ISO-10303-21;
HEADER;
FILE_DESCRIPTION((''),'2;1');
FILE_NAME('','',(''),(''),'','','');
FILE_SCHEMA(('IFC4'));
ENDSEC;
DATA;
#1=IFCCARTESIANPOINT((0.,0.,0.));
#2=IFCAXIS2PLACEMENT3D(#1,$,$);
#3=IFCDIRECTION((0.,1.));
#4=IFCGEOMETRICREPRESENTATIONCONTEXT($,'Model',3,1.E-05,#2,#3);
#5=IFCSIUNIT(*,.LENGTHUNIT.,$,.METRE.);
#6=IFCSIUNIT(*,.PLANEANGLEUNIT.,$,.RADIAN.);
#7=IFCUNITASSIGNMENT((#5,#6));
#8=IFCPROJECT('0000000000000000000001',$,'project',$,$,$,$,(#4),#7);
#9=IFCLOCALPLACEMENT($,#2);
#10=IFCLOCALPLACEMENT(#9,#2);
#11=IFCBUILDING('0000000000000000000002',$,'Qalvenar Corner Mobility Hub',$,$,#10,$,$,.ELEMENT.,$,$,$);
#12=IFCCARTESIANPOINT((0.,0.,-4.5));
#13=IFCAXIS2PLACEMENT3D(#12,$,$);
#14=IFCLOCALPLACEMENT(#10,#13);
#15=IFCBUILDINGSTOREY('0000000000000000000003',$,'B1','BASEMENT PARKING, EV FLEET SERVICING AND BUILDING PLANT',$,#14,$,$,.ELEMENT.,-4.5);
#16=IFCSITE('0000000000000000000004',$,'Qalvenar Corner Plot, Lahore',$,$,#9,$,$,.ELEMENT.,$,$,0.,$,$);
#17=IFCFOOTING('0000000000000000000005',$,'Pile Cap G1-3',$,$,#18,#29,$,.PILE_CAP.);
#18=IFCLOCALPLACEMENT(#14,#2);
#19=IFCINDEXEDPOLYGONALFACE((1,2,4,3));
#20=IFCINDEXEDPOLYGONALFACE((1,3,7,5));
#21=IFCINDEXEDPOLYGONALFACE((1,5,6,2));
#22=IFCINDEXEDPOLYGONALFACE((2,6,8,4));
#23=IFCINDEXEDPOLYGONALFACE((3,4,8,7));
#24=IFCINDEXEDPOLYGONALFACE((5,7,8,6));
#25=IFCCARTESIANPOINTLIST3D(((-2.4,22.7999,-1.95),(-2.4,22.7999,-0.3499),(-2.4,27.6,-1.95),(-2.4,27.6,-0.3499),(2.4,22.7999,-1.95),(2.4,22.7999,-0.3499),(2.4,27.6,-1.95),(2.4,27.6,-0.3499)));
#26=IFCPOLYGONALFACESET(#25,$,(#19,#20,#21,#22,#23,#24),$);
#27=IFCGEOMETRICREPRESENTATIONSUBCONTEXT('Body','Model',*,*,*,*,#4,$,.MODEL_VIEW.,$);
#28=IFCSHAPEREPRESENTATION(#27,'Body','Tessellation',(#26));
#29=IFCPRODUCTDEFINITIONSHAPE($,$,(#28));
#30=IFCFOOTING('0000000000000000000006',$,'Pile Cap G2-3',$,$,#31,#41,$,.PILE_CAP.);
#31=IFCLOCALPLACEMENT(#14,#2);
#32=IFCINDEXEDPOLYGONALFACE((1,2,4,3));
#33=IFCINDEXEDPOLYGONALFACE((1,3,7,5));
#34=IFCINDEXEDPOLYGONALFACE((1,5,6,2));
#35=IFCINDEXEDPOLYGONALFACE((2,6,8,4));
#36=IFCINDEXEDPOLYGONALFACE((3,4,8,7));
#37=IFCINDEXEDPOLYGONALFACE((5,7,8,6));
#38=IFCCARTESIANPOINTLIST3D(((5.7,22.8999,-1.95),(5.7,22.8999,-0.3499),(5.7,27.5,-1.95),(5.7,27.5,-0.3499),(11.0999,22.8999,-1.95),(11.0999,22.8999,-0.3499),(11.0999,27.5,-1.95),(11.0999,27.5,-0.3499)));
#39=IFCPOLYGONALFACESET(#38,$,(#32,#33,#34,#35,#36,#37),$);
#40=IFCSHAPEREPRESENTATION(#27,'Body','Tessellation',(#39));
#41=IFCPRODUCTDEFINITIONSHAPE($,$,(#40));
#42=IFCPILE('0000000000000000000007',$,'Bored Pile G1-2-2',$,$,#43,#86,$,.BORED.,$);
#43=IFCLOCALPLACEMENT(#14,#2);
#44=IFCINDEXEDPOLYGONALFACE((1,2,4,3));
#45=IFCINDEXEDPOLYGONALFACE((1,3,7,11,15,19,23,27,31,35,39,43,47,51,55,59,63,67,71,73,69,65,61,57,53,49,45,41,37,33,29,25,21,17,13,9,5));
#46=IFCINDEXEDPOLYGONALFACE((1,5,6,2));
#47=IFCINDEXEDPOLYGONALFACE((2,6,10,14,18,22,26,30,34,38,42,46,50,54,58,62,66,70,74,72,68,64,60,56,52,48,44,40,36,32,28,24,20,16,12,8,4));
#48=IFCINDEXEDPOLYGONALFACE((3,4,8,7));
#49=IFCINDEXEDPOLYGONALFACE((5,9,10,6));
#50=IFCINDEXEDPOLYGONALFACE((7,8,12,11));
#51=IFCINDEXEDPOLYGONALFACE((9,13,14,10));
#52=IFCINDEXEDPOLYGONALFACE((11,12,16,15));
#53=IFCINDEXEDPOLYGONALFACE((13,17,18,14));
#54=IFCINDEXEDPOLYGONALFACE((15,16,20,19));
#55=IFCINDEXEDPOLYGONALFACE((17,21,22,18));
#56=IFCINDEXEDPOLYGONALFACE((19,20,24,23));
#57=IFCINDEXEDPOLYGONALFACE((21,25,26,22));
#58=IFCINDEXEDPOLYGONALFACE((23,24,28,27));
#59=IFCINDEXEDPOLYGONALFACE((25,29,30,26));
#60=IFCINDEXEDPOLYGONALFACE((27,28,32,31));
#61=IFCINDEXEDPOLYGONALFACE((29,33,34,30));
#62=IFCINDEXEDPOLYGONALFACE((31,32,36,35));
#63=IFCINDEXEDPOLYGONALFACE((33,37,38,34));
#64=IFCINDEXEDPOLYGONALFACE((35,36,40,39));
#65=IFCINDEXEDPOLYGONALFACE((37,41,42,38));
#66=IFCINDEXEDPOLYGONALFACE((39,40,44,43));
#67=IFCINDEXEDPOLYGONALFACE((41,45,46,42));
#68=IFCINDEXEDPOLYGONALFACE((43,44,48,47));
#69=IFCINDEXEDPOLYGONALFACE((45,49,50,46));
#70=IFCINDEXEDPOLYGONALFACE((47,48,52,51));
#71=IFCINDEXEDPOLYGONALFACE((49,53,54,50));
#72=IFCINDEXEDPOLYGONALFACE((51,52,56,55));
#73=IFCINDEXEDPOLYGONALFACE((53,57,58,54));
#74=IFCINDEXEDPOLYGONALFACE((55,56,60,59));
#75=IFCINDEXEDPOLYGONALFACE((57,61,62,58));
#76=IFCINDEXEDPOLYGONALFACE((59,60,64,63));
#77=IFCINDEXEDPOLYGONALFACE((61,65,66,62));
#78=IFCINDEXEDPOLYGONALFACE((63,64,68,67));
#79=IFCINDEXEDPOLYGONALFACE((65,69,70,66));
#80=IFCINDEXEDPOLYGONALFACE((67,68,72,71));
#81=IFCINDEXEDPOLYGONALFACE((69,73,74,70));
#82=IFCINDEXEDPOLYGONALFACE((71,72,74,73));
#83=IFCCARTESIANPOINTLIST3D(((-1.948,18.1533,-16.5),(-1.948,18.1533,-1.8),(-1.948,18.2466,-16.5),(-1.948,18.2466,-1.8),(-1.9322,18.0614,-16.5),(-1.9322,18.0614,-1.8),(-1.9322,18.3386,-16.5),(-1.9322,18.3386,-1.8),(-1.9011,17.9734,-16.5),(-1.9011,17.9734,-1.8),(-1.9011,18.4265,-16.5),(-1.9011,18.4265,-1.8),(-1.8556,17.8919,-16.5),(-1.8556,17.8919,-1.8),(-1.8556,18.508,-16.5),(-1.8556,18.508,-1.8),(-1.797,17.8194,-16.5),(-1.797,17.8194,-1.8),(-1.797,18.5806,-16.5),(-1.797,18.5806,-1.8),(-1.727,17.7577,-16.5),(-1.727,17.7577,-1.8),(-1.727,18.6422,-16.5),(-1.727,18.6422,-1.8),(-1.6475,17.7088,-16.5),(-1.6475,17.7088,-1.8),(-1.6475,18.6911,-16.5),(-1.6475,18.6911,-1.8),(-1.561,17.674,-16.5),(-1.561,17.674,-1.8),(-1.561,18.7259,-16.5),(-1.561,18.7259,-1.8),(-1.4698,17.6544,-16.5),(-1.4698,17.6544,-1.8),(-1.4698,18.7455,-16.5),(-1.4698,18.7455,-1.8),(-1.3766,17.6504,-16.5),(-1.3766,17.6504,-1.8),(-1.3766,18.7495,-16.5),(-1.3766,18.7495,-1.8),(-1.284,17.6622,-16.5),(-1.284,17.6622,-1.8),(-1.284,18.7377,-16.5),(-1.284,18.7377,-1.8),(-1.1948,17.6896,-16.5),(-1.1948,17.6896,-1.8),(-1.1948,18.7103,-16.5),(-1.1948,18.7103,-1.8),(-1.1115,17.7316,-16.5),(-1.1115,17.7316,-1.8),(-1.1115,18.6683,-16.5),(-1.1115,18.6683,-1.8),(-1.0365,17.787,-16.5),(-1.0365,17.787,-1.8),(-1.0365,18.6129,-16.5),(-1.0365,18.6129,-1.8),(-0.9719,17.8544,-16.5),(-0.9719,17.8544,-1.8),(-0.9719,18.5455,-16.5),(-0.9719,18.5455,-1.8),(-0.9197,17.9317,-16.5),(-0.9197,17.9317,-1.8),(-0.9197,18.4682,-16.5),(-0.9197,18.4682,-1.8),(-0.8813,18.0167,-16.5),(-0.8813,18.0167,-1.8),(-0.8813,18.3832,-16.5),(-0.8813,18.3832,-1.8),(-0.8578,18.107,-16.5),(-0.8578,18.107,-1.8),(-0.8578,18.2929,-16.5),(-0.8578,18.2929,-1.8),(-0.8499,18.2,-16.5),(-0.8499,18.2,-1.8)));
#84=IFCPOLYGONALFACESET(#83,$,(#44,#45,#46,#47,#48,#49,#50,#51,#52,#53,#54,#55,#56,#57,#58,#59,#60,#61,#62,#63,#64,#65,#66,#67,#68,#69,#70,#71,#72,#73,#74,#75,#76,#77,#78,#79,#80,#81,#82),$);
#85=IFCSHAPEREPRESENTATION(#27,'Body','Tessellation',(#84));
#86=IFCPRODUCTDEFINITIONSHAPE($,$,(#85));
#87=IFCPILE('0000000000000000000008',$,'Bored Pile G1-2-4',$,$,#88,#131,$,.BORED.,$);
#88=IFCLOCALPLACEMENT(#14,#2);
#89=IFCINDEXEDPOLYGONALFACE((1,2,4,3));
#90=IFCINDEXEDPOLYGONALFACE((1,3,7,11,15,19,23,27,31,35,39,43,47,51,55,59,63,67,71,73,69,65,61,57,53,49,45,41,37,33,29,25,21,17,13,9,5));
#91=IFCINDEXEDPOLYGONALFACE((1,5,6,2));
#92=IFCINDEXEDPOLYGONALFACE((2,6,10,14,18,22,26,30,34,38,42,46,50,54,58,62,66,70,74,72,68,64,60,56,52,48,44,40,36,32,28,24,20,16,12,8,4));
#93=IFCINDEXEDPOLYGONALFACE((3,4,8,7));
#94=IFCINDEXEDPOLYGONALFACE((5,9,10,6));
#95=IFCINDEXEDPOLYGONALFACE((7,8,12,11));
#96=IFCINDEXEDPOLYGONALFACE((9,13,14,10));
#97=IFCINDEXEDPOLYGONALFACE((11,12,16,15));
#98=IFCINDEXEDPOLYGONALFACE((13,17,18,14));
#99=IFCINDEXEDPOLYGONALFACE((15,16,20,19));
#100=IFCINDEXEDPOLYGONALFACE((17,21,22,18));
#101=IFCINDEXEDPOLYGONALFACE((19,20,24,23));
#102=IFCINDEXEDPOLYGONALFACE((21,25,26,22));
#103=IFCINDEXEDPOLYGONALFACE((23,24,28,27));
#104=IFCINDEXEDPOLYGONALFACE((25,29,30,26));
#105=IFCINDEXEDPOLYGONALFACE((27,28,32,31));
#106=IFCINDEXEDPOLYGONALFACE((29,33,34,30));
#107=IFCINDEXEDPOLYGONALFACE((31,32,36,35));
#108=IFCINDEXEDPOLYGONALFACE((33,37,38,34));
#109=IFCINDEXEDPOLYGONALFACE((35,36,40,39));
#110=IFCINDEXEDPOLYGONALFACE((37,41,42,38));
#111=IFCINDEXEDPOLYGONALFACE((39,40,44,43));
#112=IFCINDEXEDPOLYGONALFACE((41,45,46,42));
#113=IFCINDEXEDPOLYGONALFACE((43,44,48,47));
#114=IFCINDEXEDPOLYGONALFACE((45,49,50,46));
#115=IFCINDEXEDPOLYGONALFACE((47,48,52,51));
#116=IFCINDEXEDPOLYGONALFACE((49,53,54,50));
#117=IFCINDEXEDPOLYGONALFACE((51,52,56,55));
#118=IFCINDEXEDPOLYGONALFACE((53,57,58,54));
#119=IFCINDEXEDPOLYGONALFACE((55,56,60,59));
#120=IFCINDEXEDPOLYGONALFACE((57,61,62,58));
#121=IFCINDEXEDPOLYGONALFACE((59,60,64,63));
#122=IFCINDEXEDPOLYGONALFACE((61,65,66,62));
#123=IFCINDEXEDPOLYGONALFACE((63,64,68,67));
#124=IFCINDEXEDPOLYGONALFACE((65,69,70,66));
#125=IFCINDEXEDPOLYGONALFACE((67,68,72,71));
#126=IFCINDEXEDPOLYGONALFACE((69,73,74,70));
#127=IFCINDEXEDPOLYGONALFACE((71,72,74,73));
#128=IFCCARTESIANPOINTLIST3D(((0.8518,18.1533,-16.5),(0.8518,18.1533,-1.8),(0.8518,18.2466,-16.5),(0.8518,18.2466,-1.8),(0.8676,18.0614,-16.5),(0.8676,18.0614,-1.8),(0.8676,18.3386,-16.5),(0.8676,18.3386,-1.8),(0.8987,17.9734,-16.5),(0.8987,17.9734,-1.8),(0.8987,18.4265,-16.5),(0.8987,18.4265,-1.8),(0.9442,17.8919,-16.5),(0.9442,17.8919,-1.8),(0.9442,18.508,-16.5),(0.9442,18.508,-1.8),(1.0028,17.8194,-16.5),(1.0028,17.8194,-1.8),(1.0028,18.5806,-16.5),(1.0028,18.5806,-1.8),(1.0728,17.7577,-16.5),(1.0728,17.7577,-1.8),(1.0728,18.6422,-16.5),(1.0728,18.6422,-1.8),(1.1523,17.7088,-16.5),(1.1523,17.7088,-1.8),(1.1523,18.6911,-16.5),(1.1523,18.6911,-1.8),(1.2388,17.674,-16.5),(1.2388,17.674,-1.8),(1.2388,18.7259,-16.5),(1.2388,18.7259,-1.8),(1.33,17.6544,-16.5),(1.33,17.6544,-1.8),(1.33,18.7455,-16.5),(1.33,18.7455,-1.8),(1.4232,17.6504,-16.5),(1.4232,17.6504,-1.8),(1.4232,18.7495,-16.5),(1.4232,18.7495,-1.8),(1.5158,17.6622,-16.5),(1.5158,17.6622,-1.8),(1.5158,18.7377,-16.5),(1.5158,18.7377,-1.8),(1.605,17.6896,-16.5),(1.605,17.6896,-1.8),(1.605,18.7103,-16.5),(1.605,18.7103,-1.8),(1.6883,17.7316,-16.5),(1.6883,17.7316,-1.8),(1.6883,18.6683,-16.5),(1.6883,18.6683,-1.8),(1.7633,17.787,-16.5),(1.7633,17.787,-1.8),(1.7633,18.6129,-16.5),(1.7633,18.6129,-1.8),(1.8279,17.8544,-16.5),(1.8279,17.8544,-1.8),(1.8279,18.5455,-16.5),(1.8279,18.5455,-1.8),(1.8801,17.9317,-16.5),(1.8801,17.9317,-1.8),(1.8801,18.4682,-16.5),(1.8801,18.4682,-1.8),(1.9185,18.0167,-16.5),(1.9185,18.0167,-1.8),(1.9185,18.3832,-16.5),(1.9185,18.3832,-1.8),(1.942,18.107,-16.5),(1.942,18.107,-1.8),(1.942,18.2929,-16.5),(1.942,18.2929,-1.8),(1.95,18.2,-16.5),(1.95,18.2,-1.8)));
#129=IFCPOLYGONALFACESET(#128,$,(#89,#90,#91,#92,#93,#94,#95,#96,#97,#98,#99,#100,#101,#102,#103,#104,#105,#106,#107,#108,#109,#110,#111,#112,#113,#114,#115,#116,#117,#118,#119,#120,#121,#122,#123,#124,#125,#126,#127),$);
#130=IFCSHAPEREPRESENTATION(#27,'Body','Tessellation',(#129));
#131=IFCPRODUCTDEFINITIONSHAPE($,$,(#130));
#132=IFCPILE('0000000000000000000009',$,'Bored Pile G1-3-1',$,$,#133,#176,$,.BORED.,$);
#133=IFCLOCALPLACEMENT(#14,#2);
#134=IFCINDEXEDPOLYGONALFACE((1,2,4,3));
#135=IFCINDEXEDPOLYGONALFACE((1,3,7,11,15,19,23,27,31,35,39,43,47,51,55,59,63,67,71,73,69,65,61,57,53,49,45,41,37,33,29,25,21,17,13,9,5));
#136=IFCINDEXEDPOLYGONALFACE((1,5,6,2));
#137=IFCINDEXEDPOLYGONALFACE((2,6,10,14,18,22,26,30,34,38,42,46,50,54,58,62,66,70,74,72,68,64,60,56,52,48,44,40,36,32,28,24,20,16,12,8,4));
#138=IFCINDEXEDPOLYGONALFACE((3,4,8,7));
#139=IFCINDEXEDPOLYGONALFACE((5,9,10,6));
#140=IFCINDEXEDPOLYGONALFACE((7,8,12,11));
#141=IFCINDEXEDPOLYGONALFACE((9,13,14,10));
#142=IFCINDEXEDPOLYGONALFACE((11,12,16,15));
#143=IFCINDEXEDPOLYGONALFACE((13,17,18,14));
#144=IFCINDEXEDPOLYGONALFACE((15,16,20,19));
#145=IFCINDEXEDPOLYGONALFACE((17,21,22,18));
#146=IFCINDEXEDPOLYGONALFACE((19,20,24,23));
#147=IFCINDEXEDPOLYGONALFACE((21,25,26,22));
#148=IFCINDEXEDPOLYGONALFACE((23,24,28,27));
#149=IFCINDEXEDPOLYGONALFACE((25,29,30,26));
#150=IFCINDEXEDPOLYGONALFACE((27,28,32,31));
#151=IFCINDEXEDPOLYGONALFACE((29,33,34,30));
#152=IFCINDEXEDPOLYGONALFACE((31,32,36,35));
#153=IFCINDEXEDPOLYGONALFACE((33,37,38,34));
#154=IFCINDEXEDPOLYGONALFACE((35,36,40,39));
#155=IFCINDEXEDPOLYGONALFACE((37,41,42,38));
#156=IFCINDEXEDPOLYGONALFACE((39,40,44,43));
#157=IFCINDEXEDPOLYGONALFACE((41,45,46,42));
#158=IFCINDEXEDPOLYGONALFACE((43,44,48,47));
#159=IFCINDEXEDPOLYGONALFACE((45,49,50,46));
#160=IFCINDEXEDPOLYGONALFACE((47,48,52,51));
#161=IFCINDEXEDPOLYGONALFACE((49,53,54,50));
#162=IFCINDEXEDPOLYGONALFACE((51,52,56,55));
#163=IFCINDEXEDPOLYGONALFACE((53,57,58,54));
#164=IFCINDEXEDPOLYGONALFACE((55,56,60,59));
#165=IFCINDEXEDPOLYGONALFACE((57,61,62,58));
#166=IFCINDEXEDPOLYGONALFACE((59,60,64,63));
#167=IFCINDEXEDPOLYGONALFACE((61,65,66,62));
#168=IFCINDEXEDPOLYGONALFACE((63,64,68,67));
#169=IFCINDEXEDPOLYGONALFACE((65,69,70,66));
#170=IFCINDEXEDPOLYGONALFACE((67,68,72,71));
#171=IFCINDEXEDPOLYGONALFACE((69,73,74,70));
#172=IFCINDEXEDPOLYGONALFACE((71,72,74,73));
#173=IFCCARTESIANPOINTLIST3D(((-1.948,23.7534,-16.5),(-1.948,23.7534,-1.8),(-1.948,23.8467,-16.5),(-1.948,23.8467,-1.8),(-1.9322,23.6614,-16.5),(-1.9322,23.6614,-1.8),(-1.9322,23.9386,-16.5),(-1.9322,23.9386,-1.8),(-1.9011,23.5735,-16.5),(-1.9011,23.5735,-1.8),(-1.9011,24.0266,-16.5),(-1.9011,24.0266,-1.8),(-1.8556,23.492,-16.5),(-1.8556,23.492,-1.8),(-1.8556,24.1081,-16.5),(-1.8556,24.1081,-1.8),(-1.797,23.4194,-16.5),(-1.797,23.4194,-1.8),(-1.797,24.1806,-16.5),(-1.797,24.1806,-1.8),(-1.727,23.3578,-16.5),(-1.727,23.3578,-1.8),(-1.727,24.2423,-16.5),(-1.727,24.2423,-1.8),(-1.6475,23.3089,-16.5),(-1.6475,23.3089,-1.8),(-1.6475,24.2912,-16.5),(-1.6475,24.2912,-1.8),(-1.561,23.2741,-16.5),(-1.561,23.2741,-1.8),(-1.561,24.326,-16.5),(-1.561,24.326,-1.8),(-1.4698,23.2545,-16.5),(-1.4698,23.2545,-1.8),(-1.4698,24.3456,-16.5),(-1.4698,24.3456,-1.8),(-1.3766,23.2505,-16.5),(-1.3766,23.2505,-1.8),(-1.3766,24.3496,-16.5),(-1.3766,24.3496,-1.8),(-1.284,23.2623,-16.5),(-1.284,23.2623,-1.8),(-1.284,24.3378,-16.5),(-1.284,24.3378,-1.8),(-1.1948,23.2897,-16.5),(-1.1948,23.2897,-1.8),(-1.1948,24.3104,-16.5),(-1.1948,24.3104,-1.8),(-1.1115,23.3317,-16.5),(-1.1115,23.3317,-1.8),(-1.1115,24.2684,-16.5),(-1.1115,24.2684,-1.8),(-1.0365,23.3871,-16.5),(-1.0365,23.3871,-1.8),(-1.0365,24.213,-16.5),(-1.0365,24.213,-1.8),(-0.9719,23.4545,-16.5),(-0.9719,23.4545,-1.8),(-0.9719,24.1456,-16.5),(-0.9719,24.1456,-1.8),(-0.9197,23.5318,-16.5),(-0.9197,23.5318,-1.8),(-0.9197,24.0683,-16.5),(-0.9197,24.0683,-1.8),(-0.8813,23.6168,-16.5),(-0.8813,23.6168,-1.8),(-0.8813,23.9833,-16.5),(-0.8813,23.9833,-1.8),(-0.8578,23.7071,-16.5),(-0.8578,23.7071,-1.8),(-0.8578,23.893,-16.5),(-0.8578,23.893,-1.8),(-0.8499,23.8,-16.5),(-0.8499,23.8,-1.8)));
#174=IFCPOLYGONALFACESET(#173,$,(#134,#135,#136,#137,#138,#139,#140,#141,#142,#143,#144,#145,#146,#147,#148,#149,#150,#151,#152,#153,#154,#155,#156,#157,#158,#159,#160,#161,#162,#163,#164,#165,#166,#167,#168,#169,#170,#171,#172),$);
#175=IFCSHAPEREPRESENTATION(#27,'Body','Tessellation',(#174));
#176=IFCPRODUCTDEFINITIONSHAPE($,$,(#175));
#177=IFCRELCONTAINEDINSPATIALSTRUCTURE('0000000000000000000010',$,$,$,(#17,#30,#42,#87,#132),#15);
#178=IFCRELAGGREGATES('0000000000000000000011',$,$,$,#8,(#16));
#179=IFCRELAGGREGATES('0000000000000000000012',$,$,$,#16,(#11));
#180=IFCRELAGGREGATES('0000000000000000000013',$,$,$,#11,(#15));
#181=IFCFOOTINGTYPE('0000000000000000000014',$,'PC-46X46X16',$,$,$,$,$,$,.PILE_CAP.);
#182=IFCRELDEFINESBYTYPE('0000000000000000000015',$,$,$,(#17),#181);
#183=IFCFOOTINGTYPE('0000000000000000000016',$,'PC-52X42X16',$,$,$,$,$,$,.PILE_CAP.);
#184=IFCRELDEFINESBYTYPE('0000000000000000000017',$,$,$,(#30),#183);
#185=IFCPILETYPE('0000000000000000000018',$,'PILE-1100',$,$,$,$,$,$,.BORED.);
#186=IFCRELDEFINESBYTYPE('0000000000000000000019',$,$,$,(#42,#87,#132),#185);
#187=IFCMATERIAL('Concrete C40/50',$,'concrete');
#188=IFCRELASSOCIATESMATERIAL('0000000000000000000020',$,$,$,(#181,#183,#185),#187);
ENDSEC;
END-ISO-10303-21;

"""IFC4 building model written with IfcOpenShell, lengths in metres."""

from ifc_helpers import new_model, si_unit, direction, frame, origin, origin_2d, place, context, subcontext, project, spatial, rectangle, circle, extrude, material, material_profile, profile_set, type_object, element, save


model = new_model("IFC4")

# Units and contexts
model_context = context("Model", 3, precision=1e-05, world=origin(), true_north=direction((0.0, 1.0)))
body_context = subcontext(model_context, "Body", "Model", "MODEL_VIEW")
ifc_project = project(units=[si_unit("LENGTHUNIT", "METRE"), si_unit("PLANEANGLEUNIT", "RADIAN")], contexts=[model_context])

# Site, building, storey
site_placement = place(None, origin())
site = spatial("IfcSite", under=ifc_project, at=site_placement, Name="Qalvenar Corner Plot, Lahore", CompositionType="ELEMENT", RefElevation=0.0)
building_placement = place(site_placement, origin())
building = spatial("IfcBuilding", under=site, at=building_placement, Name="Qalvenar Corner Mobility Hub", CompositionType="ELEMENT")
storey_placement = place(building_placement, frame((0.0, 0.0, -4.5)))
storey = spatial("IfcBuildingStorey", under=building, at=storey_placement, Name="B1", Description="BASEMENT PARKING, EV FLEET SERVICING AND BUILDING PLANT", CompositionType="ELEMENT", Elevation=-4.5)

# Footings
ifc_material_1 = material(Name="Concrete C40/50", Category="concrete")
footing_type_1 = type_object("IfcFootingType", Name="PC-46X46X16", PredefinedType="PILE_CAP", material=ifc_material_1)
footing_1_placement = place(storey_placement, frame((0.0, 25.2, -1.95), z_axis=(0.0, 0.0, 1.0), x_axis=(1.0, 0.0, 0.0)))
element("IfcFooting", 1, at=footing_1_placement, inside=storey, type_object=footing_type_1, Name="Pile Cap G1-3", PredefinedType="PILE_CAP", context=body_context, shape_type="SweptSolid", body=[
    extrude(rectangle(XDim=4.8, YDim=4.8, at=origin_2d()), origin(), (0.0, 0.0, 1.0), 1.6001),
])
footing_type_2 = type_object("IfcFootingType", Name="PC-52X42X16", PredefinedType="PILE_CAP", material=ifc_material_1)
footing_2_placement = place(storey_placement, frame((8.3999, 25.2, -1.95), z_axis=(0.0, 0.0, 1.0), x_axis=(1.0, 0.0, 0.0)))
element("IfcFooting", 2, at=footing_2_placement, inside=storey, type_object=footing_type_2, Name="Pile Cap G2-3", PredefinedType="PILE_CAP", context=body_context, shape_type="SweptSolid", body=[
    extrude(rectangle(XDim=5.3999, YDim=4.6001, at=origin_2d()), origin(), (0.0, 0.0, 1.0), 1.6001),
])

# Piles
ifc_material_profile_1 = material_profile(ifc_material_1, circle(Radius=0.55, at=origin_2d()), Name="DIA1100")
ifc_profile_set_1 = profile_set([ifc_material_profile_1], Name="Concrete C40/50")
pile_type = type_object("IfcPileType", Name="PILE-1100", PredefinedType="BORED", material=ifc_profile_set_1)
for number, where, z_axis, x_axis, name in (
    (3, (-1.3999, 18.2, -1.8), (0.0, 0.0, -1.0), (1.0, 0.0, 0.0), "Bored Pile G1-2-2"),
    (4, (1.3999, 18.2, -1.8), (0.0, 0.0, -1.0), (1.0, 0.0, 0.0), "Bored Pile G1-2-4"),
    (5, (-1.3999, 23.8, -1.8), (0.0, 0.0, -1.0), (1.0, 0.0, 0.0), "Bored Pile G1-3-1"),
):
    element("IfcPile", number, at=place(storey_placement, frame(where, z_axis=z_axis, x_axis=x_axis)), inside=storey, type_object=pile_type, Name=name, PredefinedType="BORED", context=body_context, shape_type="SweptSolid", body=[
        extrude(circle(Radius=0.55, at=origin_2d()), origin(), (0.0, 0.0, 1.0), 14.7),
    ])

save(model, "model.ifc")
